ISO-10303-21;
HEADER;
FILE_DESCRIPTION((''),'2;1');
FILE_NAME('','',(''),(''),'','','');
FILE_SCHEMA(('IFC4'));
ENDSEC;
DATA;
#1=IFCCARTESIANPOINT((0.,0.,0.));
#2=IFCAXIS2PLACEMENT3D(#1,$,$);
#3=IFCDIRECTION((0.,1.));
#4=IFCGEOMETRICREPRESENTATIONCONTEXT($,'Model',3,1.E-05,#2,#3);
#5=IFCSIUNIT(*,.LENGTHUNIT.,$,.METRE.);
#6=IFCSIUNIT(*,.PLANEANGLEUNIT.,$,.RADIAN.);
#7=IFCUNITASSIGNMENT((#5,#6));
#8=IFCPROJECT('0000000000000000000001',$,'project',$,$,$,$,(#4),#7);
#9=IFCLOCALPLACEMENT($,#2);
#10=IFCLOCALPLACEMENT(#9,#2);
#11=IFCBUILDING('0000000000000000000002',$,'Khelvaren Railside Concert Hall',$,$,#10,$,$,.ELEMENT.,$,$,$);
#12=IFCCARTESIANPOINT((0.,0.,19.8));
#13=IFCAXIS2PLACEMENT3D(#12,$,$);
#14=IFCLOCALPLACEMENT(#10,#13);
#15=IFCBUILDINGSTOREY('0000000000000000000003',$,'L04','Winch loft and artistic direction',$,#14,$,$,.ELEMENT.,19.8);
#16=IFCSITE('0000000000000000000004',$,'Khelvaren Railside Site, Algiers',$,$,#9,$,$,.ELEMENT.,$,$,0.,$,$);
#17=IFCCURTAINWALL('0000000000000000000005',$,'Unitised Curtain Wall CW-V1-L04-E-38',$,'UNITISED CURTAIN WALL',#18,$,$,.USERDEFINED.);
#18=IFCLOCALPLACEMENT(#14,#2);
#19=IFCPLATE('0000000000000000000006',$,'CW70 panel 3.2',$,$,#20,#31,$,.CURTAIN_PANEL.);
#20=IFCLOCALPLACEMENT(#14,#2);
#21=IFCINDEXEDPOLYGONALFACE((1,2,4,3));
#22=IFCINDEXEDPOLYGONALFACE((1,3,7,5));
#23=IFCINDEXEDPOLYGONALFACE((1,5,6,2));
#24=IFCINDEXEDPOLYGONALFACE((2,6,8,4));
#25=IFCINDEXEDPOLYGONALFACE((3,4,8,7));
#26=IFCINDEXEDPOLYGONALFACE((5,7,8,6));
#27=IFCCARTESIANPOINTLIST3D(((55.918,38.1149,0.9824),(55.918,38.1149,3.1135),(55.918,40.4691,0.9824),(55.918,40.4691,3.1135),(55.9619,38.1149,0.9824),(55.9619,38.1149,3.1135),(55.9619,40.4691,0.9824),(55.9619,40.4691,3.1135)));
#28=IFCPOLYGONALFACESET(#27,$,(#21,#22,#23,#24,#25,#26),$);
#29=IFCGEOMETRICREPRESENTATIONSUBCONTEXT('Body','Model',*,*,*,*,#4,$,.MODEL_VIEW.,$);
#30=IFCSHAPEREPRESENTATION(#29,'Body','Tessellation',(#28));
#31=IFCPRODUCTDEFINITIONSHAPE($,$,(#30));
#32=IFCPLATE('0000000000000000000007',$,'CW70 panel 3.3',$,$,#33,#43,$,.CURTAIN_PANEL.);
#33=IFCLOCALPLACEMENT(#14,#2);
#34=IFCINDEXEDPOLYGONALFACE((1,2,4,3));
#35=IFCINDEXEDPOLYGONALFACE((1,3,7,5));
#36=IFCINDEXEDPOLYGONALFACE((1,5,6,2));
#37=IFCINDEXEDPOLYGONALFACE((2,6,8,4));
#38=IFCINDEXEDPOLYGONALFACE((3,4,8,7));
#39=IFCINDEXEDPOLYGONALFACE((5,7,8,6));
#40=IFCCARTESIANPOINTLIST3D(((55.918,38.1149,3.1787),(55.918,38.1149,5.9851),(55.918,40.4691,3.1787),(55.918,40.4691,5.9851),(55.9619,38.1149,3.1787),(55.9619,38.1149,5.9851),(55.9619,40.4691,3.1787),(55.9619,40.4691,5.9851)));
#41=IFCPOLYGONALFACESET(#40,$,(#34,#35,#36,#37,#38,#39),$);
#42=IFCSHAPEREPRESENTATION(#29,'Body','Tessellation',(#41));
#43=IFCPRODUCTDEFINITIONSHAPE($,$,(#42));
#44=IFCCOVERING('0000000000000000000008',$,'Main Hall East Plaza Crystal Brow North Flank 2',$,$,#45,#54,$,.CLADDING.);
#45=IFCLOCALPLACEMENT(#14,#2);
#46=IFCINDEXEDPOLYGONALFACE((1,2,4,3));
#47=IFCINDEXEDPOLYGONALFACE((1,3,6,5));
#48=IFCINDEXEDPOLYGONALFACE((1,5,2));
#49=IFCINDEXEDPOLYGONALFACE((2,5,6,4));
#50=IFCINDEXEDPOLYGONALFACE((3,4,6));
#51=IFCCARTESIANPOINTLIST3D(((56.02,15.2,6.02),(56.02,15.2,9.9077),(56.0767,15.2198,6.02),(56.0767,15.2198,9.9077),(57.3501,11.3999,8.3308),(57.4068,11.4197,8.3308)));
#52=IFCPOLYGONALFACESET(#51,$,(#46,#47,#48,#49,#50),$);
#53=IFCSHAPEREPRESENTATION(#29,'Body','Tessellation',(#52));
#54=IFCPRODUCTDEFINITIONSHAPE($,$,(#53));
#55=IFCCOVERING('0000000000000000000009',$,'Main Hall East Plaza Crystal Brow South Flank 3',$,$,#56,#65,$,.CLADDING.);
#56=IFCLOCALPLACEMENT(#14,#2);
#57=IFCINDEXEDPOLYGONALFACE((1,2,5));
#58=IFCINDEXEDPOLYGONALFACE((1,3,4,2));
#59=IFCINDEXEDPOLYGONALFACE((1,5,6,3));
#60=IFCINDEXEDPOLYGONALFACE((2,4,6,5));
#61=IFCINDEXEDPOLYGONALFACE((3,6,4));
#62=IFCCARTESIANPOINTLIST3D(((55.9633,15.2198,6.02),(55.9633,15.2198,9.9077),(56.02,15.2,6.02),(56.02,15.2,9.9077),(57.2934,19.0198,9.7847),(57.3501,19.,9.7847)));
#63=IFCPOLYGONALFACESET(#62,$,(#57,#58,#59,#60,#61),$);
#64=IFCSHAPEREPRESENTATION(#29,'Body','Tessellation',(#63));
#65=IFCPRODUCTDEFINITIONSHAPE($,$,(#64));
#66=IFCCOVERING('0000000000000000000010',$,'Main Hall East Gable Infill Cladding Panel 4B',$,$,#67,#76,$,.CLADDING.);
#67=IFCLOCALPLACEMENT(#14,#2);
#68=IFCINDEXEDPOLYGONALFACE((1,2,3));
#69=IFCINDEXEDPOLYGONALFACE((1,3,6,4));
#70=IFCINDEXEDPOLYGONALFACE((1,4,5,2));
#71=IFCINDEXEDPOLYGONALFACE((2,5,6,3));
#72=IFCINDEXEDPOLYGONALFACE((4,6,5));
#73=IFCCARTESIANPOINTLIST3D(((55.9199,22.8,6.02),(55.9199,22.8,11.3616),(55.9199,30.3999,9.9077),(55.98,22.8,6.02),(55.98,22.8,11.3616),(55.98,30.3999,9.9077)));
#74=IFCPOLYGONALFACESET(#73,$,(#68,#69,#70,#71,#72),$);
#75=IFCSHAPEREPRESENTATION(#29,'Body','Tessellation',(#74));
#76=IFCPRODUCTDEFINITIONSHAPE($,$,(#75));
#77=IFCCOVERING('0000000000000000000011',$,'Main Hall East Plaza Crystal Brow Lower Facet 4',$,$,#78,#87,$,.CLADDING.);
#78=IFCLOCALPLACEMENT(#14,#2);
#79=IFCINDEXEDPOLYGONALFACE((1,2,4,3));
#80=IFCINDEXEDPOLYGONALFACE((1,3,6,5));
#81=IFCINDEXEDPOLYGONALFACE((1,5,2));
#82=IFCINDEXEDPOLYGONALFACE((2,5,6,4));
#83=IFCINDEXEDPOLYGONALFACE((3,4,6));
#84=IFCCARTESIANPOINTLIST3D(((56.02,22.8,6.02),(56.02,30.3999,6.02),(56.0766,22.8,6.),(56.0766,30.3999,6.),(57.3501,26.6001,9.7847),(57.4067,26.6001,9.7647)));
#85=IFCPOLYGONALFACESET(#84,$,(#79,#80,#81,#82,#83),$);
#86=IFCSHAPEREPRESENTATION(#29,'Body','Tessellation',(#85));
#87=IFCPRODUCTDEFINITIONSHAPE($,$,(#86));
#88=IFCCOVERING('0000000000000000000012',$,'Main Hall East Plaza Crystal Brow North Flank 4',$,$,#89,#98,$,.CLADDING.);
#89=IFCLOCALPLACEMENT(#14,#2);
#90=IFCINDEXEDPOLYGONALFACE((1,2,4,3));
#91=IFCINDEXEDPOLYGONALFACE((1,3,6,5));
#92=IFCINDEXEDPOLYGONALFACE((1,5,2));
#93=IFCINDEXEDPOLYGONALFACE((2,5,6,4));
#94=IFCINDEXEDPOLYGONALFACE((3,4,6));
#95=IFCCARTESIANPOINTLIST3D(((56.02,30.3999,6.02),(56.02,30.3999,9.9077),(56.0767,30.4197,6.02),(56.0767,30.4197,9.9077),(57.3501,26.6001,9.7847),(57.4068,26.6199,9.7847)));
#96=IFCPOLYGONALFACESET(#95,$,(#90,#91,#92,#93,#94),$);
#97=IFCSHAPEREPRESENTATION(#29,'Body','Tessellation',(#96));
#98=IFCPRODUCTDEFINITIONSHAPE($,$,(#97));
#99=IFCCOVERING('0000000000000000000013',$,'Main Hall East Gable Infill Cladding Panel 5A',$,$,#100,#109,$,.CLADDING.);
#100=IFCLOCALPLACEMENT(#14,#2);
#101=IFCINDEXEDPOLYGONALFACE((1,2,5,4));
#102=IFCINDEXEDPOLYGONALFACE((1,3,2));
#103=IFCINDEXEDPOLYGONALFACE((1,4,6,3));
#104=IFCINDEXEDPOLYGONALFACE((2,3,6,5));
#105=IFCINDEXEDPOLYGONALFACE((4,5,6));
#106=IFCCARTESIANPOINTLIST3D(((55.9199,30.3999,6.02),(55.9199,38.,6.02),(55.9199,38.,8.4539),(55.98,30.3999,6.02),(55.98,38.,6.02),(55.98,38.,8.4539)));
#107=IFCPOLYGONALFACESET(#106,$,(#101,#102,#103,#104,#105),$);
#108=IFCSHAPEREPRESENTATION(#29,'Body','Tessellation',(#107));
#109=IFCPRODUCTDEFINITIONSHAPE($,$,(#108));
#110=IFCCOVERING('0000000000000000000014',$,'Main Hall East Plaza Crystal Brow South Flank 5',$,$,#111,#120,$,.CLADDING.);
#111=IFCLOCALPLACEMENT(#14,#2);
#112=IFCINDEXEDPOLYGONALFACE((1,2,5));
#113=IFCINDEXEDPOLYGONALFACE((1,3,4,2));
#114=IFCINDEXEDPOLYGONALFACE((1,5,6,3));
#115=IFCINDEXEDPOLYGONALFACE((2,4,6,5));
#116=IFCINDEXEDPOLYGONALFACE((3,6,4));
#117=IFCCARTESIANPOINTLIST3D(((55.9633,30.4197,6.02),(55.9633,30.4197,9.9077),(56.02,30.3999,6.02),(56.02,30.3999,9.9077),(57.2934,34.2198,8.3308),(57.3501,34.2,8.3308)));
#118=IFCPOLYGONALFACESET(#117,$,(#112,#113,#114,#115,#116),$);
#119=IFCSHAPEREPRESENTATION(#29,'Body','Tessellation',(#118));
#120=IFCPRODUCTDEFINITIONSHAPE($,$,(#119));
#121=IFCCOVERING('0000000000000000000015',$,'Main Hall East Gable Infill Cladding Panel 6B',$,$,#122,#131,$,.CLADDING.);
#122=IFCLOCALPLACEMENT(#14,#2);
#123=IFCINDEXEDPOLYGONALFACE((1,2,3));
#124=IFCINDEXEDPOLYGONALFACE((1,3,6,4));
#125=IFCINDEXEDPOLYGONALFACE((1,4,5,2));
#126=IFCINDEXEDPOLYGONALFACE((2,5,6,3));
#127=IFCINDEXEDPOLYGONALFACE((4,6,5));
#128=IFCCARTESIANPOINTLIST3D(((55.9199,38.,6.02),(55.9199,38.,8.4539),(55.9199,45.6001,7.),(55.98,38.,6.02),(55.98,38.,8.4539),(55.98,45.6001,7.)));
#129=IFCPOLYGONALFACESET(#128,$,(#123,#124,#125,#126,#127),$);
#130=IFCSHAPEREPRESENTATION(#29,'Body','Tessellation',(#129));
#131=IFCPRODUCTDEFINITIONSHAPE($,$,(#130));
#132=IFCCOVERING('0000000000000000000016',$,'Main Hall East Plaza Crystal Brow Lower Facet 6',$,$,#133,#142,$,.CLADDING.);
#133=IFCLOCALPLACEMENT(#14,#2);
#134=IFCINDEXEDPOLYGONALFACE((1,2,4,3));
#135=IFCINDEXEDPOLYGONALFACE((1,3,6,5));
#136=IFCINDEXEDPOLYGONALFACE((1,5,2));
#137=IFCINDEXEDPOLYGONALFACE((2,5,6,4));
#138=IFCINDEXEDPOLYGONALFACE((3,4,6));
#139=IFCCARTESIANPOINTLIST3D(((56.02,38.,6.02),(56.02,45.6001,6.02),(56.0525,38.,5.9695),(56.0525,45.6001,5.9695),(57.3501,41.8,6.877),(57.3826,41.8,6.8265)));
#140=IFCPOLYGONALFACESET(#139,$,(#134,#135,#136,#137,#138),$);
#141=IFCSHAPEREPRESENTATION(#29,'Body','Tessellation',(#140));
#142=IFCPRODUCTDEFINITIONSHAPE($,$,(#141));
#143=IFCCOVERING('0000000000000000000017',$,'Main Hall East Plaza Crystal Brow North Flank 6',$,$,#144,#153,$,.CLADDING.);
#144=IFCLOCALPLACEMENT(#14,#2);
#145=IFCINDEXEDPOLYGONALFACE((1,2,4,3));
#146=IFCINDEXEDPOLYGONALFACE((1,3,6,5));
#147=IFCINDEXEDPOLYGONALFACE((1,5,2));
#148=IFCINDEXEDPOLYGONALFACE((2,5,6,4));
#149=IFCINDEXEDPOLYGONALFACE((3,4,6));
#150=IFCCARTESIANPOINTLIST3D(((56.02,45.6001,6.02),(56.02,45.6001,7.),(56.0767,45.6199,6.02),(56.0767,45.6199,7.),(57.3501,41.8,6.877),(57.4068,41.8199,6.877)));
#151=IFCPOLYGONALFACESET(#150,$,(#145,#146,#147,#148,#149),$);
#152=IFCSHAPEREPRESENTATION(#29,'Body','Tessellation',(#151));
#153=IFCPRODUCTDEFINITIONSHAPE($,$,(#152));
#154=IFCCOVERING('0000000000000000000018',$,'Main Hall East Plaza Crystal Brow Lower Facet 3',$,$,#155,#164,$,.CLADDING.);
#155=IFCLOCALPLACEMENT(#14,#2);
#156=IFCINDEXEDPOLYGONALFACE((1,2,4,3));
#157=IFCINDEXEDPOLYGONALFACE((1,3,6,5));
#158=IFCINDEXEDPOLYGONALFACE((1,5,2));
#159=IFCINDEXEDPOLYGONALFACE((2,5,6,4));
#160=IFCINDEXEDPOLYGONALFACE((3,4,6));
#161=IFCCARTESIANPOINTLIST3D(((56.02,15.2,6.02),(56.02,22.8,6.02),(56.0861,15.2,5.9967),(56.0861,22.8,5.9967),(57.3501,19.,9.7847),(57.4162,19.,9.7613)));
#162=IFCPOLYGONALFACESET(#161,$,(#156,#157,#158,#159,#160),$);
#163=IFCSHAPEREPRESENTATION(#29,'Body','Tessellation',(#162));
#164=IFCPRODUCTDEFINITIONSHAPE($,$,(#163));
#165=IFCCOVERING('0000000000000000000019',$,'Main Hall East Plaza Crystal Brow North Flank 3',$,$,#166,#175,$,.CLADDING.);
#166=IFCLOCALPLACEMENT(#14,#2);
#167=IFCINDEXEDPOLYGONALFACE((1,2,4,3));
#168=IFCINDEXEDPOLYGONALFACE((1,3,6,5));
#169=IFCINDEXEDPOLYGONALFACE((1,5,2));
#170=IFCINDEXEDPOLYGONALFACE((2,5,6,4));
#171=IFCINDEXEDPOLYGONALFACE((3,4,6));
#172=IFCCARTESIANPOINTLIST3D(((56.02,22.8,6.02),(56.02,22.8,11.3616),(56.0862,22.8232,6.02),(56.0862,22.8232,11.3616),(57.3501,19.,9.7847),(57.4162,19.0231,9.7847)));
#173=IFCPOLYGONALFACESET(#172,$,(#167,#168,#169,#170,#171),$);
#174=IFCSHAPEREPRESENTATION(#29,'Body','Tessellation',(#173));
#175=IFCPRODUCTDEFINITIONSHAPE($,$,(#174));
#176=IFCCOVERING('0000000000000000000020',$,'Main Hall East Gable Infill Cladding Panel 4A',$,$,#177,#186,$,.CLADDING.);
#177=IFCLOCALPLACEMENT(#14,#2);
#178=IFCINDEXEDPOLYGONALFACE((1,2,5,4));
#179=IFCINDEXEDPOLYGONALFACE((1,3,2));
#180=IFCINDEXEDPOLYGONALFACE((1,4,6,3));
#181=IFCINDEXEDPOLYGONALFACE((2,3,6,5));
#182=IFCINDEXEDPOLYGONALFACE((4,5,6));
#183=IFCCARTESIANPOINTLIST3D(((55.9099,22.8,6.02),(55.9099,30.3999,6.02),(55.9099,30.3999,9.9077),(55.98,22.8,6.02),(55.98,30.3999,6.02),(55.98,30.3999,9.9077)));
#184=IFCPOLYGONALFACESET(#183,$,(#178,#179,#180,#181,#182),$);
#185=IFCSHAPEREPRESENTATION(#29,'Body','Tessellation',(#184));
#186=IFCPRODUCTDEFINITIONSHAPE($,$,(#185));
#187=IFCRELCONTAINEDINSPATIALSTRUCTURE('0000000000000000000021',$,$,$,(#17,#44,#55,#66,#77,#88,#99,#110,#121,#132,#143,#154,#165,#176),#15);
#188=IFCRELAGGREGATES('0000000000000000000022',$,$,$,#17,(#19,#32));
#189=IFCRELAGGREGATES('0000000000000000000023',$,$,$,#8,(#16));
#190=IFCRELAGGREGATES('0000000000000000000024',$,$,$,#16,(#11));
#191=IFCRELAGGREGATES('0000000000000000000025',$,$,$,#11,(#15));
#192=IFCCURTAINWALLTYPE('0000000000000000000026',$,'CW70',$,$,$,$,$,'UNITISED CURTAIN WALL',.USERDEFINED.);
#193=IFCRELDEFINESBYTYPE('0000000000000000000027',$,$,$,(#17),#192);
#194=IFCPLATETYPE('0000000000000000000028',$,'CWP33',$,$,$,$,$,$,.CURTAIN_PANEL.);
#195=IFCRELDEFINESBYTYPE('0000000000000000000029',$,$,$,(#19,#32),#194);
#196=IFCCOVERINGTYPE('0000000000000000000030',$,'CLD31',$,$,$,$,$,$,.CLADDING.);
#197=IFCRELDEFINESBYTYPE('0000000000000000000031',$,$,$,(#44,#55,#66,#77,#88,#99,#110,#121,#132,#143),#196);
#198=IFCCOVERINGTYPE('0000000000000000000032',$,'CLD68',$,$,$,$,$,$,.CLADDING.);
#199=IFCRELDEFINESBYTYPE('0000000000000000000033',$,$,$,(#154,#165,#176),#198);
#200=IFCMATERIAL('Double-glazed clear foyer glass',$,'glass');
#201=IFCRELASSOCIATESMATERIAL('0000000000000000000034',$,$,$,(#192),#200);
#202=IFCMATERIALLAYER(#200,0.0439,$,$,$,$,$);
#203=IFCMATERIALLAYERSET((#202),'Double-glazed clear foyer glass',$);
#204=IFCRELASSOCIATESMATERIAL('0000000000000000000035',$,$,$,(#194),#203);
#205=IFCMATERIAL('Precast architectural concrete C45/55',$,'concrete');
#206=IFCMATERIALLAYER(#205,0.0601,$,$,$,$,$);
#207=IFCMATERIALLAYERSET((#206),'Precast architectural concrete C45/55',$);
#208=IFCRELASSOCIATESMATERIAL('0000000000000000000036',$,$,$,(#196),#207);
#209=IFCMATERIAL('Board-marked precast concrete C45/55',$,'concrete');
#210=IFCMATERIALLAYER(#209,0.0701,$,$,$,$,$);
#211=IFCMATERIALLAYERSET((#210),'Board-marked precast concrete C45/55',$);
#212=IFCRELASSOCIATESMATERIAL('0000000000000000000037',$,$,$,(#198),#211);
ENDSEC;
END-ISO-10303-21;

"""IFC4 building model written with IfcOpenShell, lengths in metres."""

from ifc_helpers import new_model, si_unit, direction, frame, origin, origin_2d, place, context, subcontext, project, spatial, polyline, rectangle, outline, extrude, material, layer, layer_set, type_object, element, aggregate, save


model = new_model("IFC4")

# Units and contexts
model_context = context("Model", 3, precision=1e-05, world=origin(), true_north=direction((0.0, 1.0)))
body_context = subcontext(model_context, "Body", "Model", "MODEL_VIEW")
ifc_project = project(units=[si_unit("LENGTHUNIT", "METRE"), si_unit("PLANEANGLEUNIT", "RADIAN")], contexts=[model_context])

# Site, building, storey
site_placement = place(None, origin())
site = spatial("IfcSite", under=ifc_project, at=site_placement, Name="Khelvaren Railside Site, Algiers", CompositionType="ELEMENT", RefElevation=0.0)
building_placement = place(site_placement, origin())
building = spatial("IfcBuilding", under=site, at=building_placement, Name="Khelvaren Railside Concert Hall", CompositionType="ELEMENT")
storey_placement = place(building_placement, frame((0.0, 0.0, 19.8)))
storey = spatial("IfcBuildingStorey", under=building, at=storey_placement, Name="L04", Description="Winch loft and artistic direction", CompositionType="ELEMENT", Elevation=19.8)

# Curtain wall, plates
ifc_material_1 = material(Name="Double-glazed clear foyer glass", Category="glass")
curtain_wall_type = type_object("IfcCurtainWallType", Name="CW70", ElementType="UNITISED CURTAIN WALL", PredefinedType="USERDEFINED", material=ifc_material_1)
curtain_wall_placement = place(storey_placement, origin())
curtain_wall = element("IfcCurtainWall", 1, at=curtain_wall_placement, inside=storey, type_object=curtain_wall_type, Name="Unitised Curtain Wall CW-V1-L04-E-38", ObjectType="UNITISED CURTAIN WALL", PredefinedType="USERDEFINED")
ifc_layer_1 = layer(ifc_material_1, 0.0439)
ifc_layer_set_1 = layer_set([ifc_layer_1], Name="Double-glazed clear foyer glass")
plate_type = type_object("IfcPlateType", Name="CWP33", PredefinedType="CURTAIN_PANEL", material=ifc_layer_set_1)
plate_1_placement = place(storey_placement, frame((55.9399, 39.292, 0.9824), z_axis=(0.0, 0.0, 1.0), x_axis=(0.0, -1.0, 0.0)))
plate_1 = element("IfcPlate", 2, at=plate_1_placement, type_object=plate_type, Name="CW70 panel 3.2", PredefinedType="CURTAIN_PANEL", context=body_context, shape_type="SweptSolid", body=[
    extrude(rectangle(XDim=2.3542, YDim=0.0439, at=origin_2d()), origin(), (0.0, 0.0, 1.0), 2.1311),
])
plate_2_placement = place(storey_placement, frame((55.9399, 39.292, 3.1787), z_axis=(0.0, 0.0, 1.0), x_axis=(0.0, -1.0, 0.0)))
plate_2 = element("IfcPlate", 3, at=plate_2_placement, type_object=plate_type, Name="CW70 panel 3.3", PredefinedType="CURTAIN_PANEL", context=body_context, shape_type="SweptSolid", body=[
    extrude(rectangle(XDim=2.3542, YDim=0.0439, at=origin_2d()), origin(), (0.0, 0.0, 1.0), 2.8064),
])
aggregate(curtain_wall, [plate_1, plate_2])

# Coverings
ifc_material_2 = material(Name="Precast architectural concrete C45/55", Category="concrete")
ifc_layer_2 = layer(ifc_material_2, 0.0601)
ifc_layer_set_2 = layer_set([ifc_layer_2], Name="Precast architectural concrete C45/55")
covering_type_1 = type_object("IfcCoveringType", Name="CLD31", PredefinedType="CLADDING", material=ifc_layer_set_2)
covering_1_placement = place(storey_placement, frame((56.02, 15.2, 9.9077), z_axis=(-0.943854, -0.330364, 0.0), x_axis=(0.0, 0.0, -1.0)))
element("IfcCovering", 4, at=covering_1_placement, inside=storey, type_object=covering_type_1, Name="Main Hall East Plaza Crystal Brow North Flank 2", PredefinedType="CLADDING", context=body_context, shape_type="SweptSolid", body=[
    extrude(outline(polyline([(0.0, 0.0), (3.8877, 0.0), (1.5769, 4.0261), (0.0, 0.0)])), origin(), (0.0, 0.0, -1.0), 0.0601),
])
covering_2_placement = place(storey_placement, frame((56.02, 15.2, 9.9077), z_axis=(0.943854, -0.330364, 0.0), x_axis=(0.0, 0.0, -1.0)))
element("IfcCovering", 5, at=covering_2_placement, inside=storey, type_object=covering_type_1, Name="Main Hall East Plaza Crystal Brow South Flank 3", PredefinedType="CLADDING", context=body_context, shape_type="SweptSolid", body=[
    extrude(outline(polyline([(0.0, 0.0), (3.8877, 0.0), (0.123, 4.0261), (0.0, 0.0)])), origin(), (0.0, 0.0, -1.0), 0.0601),
])
covering_3_placement = place(storey_placement, frame((55.98, 22.8, 6.02), z_axis=(1.0, 0.0, 0.0), x_axis=(0.0, 0.890277, 0.45542)))
element("IfcCovering", 6, at=covering_3_placement, inside=storey, type_object=covering_type_1, Name="Main Hall East Gable Infill Cladding Panel 4B", PredefinedType="CLADDING", context=body_context, shape_type="SweptSolid", body=[
    extrude(outline(polyline([(0.0, 0.0), (8.5365, 0.0), (2.4326, 4.7555), (0.0, 0.0)])), origin(), (0.0, 0.0, -1.0), 0.0601),
])
covering_4_placement = place(storey_placement, frame((56.02, 22.8, 6.02), z_axis=(-0.942882, 0.0, 0.333127), x_axis=(0.0, 1.0, 0.0)))
element("IfcCovering", 7, at=covering_4_placement, inside=storey, type_object=covering_type_1, Name="Main Hall East Plaza Crystal Brow Lower Facet 4", PredefinedType="CLADDING", context=body_context, shape_type="SweptSolid", body=[
    extrude(outline(polyline([(0.0, 0.0), (7.5999, 0.0), (3.8, -3.9927), (0.0, 0.0)])), origin(), (0.0, 0.0, -1.0), 0.0601),
])
covering_5_placement = place(storey_placement, frame((56.02, 30.3999, 9.9077), z_axis=(-0.943847, -0.330383, 0.0), x_axis=(0.0, 0.0, -1.0)))
element("IfcCovering", 8, at=covering_5_placement, inside=storey, type_object=covering_type_1, Name="Main Hall East Plaza Crystal Brow North Flank 4", PredefinedType="CLADDING", context=body_context, shape_type="SweptSolid", body=[
    extrude(outline(polyline([(0.0, 0.0), (3.8877, 0.0), (0.123, 4.0259), (0.0, 0.0)])), origin(), (0.0, 0.0, -1.0), 0.0601),
])
covering_6_placement = place(storey_placement, frame((55.98, 30.3999, 6.02), z_axis=(1.0, 0.0, 0.0), x_axis=(0.0, 1.0, 0.0)))
element("IfcCovering", 9, at=covering_6_placement, inside=storey, type_object=covering_type_1, Name="Main Hall East Gable Infill Cladding Panel 5A", PredefinedType="CLADDING", context=body_context, shape_type="SweptSolid", body=[
    extrude(outline(polyline([(0.0, 0.0), (7.6001, 0.0), (7.6001, 2.4338), (0.0, 0.0)])), origin(), (0.0, 0.0, -1.0), 0.0601),
])
covering_7_placement = place(storey_placement, frame((56.02, 30.3999, 9.9077), z_axis=(0.943854, -0.330364, 0.0), x_axis=(0.0, 0.0, -1.0)))
element("IfcCovering", 10, at=covering_7_placement, inside=storey, type_object=covering_type_1, Name="Main Hall East Plaza Crystal Brow South Flank 5", PredefinedType="CLADDING", context=body_context, shape_type="SweptSolid", body=[
    extrude(outline(polyline([(0.0, 0.0), (3.8877, 0.0), (1.5769, 4.0261), (0.0, 0.0)])), origin(), (0.0, 0.0, -1.0), 0.0601),
])
covering_8_placement = place(storey_placement, frame((55.98, 38.0, 6.02), z_axis=(1.0, 0.0, 0.0), x_axis=(0.0, 0.991789, 0.127884)))
element("IfcCovering", 11, at=covering_8_placement, inside=storey, type_object=covering_type_1, Name="Main Hall East Gable Infill Cladding Panel 6B", PredefinedType="CLADDING", context=body_context, shape_type="SweptSolid", body=[
    extrude(outline(polyline([(0.0, 0.0), (7.663, 0.0), (0.3112, 2.4139), (0.0, 0.0)])), origin(), (0.0, 0.0, -1.0), 0.0601),
])
covering_9_placement = place(storey_placement, frame((56.02, 38.0, 6.02), z_axis=(-0.5416, 0.0, 0.840637), x_axis=(0.0, 1.0, 0.0)))
element("IfcCovering", 12, at=covering_9_placement, inside=storey, type_object=covering_type_1, Name="Main Hall East Plaza Crystal Brow Lower Facet 6", PredefinedType="CLADDING", context=body_context, shape_type="SweptSolid", body=[
    extrude(outline(polyline([(0.0, 0.0), (7.6001, 0.0), (3.8, -1.5822), (0.0, 0.0)])), origin(), (0.0, 0.0, -1.0), 0.0601),
])
covering_10_placement = place(storey_placement, frame((56.02, 45.6001, 7.0), z_axis=(-0.943854, -0.330364, 0.0), x_axis=(0.0, 0.0, -1.0)))
element("IfcCovering", 13, at=covering_10_placement, inside=storey, type_object=covering_type_1, Name="Main Hall East Plaza Crystal Brow North Flank 6", PredefinedType="CLADDING", context=body_context, shape_type="SweptSolid", body=[
    extrude(outline(polyline([(0.0, 0.0), (0.98, 0.0), (0.123, 4.0261), (0.0, 0.0)])), origin(), (0.0, 0.0, -1.0), 0.0601),
])
ifc_material_3 = material(Name="Board-marked precast concrete C45/55", Category="concrete")
ifc_layer_3 = layer(ifc_material_3, 0.0701)
ifc_layer_set_3 = layer_set([ifc_layer_3], Name="Board-marked precast concrete C45/55")
covering_type_2 = type_object("IfcCoveringType", Name="CLD68", PredefinedType="CLADDING", material=ifc_layer_set_3)
covering_11_placement = place(storey_placement, frame((56.02, 15.2, 6.02), z_axis=(-0.942882, 0.0, 0.333127), x_axis=(0.0, 1.0, 0.0)))
element("IfcCovering", 14, at=covering_11_placement, inside=storey, type_object=covering_type_2, Name="Main Hall East Plaza Crystal Brow Lower Facet 3", PredefinedType="CLADDING", context=body_context, shape_type="SweptSolid", body=[
    extrude(outline(polyline([(0.0, 0.0), (7.6001, 0.0), (3.8, -3.9927), (0.0, 0.0)])), origin(), (0.0, 0.0, -1.0), 0.0701),
])
covering_12_placement = place(storey_placement, frame((56.02, 22.8, 11.3616), z_axis=(-0.943854, -0.330364, 0.0), x_axis=(0.0, 0.0, -1.0)))
element("IfcCovering", 15, at=covering_12_placement, inside=storey, type_object=covering_type_2, Name="Main Hall East Plaza Crystal Brow North Flank 3", PredefinedType="CLADDING", context=body_context, shape_type="SweptSolid", body=[
    extrude(outline(polyline([(0.0, 0.0), (5.3416, 0.0), (1.5769, 4.0261), (0.0, 0.0)])), origin(), (0.0, 0.0, -1.0), 0.0701),
])
covering_13_placement = place(storey_placement, frame((55.98, 22.8, 6.02), z_axis=(1.0, 0.0, 0.0), x_axis=(0.0, 1.0, 0.0)))
element("IfcCovering", 16, at=covering_13_placement, inside=storey, type_object=covering_type_2, Name="Main Hall East Gable Infill Cladding Panel 4A", PredefinedType="CLADDING", context=body_context, shape_type="SweptSolid", body=[
    extrude(outline(polyline([(0.0, 0.0), (7.5999, 0.0), (7.5999, 3.8877), (0.0, 0.0)])), origin(), (0.0, 0.0, -1.0), 0.0701),
])

save(model, "model.ifc")
